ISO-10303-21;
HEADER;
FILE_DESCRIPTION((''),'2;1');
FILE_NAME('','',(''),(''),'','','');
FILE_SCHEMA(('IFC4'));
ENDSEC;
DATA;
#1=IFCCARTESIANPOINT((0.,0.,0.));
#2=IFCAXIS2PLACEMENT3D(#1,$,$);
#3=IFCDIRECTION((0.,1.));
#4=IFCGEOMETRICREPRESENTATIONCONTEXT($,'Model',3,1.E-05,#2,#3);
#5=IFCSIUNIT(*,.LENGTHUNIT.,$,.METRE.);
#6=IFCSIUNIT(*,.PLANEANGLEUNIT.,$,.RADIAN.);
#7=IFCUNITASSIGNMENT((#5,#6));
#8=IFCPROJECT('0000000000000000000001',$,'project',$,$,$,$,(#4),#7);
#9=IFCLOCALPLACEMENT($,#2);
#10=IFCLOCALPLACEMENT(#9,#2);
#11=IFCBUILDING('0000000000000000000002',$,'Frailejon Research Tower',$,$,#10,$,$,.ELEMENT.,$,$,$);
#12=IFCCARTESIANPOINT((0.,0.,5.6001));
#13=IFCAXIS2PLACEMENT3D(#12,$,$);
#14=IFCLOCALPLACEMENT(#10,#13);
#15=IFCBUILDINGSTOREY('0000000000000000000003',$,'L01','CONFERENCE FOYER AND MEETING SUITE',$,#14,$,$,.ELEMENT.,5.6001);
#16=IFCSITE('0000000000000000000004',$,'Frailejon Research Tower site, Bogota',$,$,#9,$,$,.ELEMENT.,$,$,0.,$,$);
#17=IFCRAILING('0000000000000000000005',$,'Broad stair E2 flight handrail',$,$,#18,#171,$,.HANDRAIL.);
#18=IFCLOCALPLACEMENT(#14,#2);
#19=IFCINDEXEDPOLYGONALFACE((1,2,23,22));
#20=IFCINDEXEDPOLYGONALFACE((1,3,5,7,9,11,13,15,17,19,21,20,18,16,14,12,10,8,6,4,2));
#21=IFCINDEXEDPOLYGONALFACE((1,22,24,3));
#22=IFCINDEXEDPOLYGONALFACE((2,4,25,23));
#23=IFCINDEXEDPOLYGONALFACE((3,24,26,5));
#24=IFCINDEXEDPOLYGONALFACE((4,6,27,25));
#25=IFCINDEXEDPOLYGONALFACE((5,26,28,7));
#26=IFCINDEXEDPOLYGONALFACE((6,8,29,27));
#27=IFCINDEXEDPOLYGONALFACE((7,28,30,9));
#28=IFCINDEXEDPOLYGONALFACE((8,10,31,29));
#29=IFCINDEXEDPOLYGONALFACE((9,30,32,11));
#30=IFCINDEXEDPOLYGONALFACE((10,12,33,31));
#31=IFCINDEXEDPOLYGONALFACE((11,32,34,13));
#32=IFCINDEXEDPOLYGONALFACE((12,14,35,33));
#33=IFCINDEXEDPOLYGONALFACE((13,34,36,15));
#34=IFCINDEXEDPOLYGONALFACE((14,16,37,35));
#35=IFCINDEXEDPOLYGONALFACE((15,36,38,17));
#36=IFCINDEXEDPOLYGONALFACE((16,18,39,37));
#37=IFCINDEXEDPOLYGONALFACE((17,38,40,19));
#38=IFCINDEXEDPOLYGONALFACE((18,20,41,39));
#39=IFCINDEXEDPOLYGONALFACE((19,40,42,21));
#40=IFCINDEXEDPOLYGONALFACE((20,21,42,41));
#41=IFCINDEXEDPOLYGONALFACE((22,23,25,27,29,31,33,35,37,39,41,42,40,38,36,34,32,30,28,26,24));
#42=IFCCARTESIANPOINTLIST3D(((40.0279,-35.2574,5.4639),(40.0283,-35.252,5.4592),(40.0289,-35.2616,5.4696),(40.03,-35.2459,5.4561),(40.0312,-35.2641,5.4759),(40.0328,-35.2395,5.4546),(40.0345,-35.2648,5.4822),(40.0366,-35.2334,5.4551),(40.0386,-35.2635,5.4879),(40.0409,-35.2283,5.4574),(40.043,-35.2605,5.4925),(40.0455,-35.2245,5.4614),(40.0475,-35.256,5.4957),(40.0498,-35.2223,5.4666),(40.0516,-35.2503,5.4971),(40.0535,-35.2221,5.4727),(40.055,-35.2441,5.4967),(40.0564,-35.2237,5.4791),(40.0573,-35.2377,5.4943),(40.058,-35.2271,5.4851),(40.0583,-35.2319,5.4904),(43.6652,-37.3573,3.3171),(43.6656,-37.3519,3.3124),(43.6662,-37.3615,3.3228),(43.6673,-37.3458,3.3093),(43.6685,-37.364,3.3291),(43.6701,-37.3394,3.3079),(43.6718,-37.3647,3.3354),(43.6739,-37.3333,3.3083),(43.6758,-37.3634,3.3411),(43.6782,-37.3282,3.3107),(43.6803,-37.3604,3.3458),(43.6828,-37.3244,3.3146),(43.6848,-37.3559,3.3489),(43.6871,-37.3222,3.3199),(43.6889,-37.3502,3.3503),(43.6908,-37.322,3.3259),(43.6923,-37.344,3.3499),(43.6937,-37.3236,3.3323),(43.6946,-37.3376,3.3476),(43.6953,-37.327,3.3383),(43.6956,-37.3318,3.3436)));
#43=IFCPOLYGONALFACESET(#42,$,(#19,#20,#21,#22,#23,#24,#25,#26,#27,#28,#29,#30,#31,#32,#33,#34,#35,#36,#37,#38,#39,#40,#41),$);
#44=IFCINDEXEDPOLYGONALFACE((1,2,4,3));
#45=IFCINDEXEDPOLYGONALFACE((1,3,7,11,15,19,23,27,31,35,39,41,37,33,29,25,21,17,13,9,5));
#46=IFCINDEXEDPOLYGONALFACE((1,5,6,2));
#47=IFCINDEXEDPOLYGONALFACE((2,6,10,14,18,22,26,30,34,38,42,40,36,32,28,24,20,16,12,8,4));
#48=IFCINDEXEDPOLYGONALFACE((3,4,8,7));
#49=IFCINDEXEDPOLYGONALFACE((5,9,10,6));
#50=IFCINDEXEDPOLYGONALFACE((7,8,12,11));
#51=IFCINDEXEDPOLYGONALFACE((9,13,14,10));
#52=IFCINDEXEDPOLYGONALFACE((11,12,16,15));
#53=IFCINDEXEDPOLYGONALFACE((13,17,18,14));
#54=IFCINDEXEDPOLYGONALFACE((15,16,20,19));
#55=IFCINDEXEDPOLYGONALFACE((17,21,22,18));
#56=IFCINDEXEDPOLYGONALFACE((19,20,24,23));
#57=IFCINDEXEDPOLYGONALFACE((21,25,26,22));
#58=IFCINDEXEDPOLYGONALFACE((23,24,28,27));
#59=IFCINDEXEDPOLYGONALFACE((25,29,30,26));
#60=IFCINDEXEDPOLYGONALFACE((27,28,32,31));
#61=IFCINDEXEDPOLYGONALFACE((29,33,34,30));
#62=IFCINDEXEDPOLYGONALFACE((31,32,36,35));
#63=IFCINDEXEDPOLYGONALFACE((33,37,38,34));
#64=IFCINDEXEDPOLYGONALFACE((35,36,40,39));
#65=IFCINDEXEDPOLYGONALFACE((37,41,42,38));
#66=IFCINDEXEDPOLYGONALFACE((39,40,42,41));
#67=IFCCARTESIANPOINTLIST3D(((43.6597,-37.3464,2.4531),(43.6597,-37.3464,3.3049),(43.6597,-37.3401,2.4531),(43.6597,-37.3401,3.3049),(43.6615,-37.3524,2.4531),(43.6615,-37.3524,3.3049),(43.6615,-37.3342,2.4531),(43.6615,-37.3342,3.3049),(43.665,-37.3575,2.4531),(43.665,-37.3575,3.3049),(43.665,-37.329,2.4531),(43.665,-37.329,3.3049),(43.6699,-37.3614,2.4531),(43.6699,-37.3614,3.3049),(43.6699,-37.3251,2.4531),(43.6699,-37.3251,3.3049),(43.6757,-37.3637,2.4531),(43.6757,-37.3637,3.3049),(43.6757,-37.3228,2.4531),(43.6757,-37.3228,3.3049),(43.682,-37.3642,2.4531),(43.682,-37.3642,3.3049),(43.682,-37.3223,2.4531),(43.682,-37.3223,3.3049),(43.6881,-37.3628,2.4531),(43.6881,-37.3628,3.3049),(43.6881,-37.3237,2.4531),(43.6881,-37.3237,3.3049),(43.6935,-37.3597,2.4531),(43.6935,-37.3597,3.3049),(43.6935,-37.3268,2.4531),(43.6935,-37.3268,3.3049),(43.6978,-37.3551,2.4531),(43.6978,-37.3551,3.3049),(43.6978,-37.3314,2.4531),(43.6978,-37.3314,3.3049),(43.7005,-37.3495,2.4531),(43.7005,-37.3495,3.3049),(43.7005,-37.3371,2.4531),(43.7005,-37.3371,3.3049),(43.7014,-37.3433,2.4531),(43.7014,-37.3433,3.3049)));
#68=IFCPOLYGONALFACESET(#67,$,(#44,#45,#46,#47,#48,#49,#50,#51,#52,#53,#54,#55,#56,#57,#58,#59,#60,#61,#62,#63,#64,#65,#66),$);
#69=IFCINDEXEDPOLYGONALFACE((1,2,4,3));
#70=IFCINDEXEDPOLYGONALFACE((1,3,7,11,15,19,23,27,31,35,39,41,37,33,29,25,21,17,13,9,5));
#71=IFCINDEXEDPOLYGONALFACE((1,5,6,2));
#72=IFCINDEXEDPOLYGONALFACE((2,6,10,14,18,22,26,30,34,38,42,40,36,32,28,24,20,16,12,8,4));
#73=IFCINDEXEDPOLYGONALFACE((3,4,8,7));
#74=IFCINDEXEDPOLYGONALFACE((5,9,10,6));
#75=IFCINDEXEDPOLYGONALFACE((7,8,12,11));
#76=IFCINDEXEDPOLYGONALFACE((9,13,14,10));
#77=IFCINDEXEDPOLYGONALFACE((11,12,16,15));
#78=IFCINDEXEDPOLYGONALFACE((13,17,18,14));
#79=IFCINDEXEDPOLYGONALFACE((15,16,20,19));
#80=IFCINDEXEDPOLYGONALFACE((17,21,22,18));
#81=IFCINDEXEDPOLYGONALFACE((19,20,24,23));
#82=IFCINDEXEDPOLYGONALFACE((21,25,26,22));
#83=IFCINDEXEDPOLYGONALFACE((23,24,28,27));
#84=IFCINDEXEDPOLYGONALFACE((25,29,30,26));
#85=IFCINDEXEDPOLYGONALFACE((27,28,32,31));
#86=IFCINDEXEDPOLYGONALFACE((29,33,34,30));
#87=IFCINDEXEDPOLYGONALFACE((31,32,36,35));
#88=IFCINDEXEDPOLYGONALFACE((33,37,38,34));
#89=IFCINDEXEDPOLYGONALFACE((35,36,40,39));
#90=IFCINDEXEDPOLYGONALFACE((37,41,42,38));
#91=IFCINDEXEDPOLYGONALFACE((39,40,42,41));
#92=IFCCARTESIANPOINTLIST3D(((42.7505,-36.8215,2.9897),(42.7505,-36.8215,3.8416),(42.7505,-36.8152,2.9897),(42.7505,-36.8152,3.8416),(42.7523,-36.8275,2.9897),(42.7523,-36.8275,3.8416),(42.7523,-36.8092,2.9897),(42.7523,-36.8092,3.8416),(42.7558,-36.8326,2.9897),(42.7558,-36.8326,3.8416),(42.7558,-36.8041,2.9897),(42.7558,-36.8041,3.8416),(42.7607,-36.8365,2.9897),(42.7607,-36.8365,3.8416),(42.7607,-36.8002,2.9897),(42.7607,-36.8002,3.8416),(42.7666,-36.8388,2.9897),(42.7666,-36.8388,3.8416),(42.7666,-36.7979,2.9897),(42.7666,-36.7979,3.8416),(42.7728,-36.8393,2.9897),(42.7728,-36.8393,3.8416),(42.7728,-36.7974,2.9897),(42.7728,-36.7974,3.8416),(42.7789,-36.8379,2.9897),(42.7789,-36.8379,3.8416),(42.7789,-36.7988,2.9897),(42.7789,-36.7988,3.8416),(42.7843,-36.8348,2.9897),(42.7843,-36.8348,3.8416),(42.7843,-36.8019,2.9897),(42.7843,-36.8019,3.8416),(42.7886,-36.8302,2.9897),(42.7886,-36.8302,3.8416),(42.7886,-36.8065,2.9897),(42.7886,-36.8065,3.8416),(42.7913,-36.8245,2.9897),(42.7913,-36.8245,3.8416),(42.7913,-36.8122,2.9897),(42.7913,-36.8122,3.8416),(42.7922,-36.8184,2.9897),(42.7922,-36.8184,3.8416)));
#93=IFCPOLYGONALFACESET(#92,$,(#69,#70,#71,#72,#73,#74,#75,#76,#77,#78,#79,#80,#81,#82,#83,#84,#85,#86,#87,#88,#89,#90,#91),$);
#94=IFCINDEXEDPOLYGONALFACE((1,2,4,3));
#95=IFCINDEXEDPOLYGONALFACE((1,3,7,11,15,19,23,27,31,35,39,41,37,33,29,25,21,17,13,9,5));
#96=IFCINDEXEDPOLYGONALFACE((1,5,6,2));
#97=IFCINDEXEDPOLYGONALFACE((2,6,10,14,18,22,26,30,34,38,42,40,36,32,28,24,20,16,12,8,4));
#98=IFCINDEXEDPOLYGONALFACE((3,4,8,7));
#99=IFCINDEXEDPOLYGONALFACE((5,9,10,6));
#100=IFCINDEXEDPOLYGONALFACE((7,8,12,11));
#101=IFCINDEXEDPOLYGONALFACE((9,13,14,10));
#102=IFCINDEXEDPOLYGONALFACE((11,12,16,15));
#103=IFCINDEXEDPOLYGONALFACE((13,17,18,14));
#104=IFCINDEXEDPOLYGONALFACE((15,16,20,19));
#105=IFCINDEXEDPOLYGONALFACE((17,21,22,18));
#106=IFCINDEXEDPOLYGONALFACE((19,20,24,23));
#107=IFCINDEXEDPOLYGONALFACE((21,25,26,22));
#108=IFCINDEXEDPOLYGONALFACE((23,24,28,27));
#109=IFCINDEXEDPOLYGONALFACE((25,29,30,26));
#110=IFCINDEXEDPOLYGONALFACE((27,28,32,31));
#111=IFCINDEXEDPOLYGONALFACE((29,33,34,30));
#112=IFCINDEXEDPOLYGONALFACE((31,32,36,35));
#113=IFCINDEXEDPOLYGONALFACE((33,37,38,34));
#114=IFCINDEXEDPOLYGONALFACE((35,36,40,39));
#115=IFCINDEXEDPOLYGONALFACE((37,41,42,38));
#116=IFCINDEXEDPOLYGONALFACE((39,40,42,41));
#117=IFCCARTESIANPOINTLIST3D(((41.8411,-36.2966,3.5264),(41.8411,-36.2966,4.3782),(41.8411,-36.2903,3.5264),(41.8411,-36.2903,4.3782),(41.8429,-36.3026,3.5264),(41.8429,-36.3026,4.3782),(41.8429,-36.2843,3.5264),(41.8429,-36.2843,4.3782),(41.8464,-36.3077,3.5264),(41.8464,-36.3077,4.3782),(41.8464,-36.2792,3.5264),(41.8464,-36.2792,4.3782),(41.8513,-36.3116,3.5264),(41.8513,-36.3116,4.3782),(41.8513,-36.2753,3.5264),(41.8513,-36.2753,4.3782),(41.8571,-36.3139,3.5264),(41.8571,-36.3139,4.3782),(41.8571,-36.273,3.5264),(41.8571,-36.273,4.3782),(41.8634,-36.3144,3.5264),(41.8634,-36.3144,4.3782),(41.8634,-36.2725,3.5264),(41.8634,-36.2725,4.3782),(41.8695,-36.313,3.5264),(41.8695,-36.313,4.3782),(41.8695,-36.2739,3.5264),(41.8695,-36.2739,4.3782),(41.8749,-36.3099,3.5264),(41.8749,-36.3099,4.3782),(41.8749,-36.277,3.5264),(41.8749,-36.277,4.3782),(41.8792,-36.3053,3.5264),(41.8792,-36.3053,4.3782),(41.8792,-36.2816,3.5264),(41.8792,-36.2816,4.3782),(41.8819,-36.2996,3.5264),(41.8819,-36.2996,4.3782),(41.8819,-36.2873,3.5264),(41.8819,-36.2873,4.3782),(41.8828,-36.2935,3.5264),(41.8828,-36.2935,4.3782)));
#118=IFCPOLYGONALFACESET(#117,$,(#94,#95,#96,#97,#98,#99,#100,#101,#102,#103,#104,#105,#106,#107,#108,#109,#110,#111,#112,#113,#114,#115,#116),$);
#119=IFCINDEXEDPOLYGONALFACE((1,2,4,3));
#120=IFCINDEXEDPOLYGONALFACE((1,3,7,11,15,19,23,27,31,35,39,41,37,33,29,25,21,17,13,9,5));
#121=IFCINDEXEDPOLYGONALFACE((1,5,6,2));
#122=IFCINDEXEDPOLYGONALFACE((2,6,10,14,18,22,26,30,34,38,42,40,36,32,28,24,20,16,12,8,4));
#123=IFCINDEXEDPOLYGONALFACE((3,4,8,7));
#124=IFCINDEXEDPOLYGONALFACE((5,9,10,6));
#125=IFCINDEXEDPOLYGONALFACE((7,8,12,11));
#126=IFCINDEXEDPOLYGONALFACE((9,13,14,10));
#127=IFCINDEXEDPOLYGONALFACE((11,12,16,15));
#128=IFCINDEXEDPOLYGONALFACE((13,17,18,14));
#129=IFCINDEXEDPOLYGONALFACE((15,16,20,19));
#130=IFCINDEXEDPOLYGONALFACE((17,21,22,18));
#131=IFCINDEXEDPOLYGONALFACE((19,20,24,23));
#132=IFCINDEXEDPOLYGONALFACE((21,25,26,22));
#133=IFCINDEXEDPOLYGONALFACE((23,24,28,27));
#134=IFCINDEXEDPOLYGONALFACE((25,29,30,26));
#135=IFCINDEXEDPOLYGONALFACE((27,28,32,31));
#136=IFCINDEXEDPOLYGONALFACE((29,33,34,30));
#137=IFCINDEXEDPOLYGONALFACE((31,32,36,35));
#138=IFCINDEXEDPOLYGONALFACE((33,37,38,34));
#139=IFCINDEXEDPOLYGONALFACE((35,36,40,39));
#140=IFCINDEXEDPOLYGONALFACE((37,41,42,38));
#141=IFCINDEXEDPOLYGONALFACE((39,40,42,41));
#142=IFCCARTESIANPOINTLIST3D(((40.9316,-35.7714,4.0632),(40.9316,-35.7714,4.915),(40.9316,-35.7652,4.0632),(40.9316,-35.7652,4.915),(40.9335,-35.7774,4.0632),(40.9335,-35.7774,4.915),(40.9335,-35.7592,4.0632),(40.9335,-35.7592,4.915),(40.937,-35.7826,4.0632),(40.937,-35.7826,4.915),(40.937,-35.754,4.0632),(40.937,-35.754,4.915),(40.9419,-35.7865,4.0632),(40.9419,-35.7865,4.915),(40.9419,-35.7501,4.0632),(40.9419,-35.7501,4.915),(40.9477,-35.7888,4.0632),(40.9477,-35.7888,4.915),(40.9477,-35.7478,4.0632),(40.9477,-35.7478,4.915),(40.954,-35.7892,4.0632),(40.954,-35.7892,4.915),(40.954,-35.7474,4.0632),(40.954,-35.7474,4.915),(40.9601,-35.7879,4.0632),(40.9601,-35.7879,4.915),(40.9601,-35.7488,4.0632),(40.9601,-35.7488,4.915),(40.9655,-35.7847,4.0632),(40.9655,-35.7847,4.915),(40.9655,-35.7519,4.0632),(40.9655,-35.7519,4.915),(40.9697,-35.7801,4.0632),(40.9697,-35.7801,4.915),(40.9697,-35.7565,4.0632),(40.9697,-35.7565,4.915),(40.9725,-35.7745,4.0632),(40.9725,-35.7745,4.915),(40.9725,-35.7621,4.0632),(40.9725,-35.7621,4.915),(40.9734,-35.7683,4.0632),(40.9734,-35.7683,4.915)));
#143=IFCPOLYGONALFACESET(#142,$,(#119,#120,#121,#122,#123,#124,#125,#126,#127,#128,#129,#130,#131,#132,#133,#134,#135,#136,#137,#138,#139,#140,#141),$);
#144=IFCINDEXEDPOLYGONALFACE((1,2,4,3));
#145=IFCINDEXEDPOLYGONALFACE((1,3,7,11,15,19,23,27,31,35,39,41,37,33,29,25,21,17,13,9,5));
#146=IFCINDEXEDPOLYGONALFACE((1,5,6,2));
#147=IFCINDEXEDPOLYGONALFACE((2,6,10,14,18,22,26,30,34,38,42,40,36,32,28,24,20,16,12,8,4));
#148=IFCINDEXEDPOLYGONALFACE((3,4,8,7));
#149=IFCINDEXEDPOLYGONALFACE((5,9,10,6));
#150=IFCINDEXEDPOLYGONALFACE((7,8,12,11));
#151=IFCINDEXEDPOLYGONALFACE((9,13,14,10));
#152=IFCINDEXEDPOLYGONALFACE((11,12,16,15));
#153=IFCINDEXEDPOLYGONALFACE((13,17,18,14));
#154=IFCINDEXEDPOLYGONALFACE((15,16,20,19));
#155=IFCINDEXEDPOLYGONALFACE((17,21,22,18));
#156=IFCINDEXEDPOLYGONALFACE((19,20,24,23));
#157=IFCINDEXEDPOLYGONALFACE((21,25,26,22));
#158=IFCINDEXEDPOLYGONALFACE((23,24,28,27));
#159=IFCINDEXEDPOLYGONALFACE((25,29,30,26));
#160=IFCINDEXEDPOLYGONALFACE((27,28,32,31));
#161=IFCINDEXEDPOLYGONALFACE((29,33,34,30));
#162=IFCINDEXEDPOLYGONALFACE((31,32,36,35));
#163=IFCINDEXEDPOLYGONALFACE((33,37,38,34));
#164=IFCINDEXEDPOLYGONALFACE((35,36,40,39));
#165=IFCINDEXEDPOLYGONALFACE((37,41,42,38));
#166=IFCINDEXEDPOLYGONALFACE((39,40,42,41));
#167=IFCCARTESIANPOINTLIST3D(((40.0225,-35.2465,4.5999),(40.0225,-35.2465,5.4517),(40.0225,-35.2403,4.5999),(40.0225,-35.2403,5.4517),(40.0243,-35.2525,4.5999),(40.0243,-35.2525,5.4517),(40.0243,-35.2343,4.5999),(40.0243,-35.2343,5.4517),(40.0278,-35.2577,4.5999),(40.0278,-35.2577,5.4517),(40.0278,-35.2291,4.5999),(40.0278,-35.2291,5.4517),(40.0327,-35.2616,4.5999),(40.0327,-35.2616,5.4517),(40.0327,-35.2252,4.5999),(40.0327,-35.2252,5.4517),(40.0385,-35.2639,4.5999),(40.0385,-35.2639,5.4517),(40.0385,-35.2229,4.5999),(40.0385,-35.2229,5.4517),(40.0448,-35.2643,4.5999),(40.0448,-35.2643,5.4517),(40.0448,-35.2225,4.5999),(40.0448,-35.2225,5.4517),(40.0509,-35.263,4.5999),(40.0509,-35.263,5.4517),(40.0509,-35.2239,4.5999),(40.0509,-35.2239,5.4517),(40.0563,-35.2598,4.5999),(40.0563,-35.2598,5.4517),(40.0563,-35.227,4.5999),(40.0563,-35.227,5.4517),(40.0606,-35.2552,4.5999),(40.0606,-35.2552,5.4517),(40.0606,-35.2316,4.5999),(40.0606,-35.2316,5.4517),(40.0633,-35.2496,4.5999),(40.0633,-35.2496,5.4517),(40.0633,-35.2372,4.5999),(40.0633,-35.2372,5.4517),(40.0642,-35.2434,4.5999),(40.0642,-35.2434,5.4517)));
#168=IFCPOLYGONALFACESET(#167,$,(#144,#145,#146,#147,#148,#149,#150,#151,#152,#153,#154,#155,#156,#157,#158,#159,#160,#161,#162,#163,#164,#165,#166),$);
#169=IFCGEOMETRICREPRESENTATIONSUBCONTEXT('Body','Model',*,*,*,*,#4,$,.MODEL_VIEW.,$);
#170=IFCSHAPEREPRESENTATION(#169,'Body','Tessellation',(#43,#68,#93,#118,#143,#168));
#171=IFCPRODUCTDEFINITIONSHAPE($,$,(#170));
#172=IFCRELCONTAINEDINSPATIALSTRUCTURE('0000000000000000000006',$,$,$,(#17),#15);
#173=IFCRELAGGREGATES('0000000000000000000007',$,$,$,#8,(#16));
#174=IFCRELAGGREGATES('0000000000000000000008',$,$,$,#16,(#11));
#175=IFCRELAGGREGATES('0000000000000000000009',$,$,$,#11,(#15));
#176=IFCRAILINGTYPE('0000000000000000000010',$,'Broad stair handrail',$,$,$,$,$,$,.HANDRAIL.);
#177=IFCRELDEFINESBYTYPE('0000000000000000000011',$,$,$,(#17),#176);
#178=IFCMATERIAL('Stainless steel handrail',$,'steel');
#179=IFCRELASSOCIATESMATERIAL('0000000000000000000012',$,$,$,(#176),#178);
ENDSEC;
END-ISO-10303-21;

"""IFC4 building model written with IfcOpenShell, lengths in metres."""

from ifc_helpers import new_model, si_unit, direction, frame, origin, origin_2d, place, context, subcontext, project, spatial, circle, extrude, material, type_object, element, save


model = new_model("IFC4")

# Units and contexts
model_context = context("Model", 3, precision=1e-05, world=origin(), true_north=direction((0.0, 1.0)))
body_context = subcontext(model_context, "Body", "Model", "MODEL_VIEW")
ifc_project = project(units=[si_unit("LENGTHUNIT", "METRE"), si_unit("PLANEANGLEUNIT", "RADIAN")], contexts=[model_context])

# Site, building, storey
site_placement = place(None, origin())
site = spatial("IfcSite", under=ifc_project, at=site_placement, Name="Frailejon Research Tower site, Bogota", CompositionType="ELEMENT", RefElevation=0.0)
building_placement = place(site_placement, origin())
building = spatial("IfcBuilding", under=site, at=building_placement, Name="Frailejon Research Tower", CompositionType="ELEMENT")
storey_placement = place(building_placement, frame((0.0, 0.0, 5.6001)))
storey = spatial("IfcBuildingStorey", under=building, at=storey_placement, Name="L01", Description="CONFERENCE FOYER AND MEETING SUITE", CompositionType="ELEMENT", Elevation=5.6001)

# Railing
ifc_material_1 = material(Name="Stainless steel handrail", Category="steel")
railing_type_1 = type_object("IfcRailingType", Name="Broad stair handrail", PredefinedType="HANDRAIL", material=ifc_material_1)
railing_1_placement = place(storey_placement, frame((43.6804, -37.3433, 2.4531)))
element("IfcRailing", 1, at=railing_1_placement, inside=storey, type_object=railing_type_1, Name="Broad stair E2 flight handrail", PredefinedType="HANDRAIL", context=body_context, shape_type="SweptSolid", body=[
    extrude(circle(Radius=0.0239, at=origin_2d()), frame((0.0, 0.0, 0.876), z_axis=(-0.771137, 0.445197, 0.455135), x_axis=(-0.499984, -0.866035, 0.0)), (0.0, 0.0, 1.0), 4.7168),
    extrude(circle(Radius=0.021, at=origin_2d()), origin(), (0.0, 0.0, 1.0), 0.8518),
    extrude(circle(Radius=0.021, at=origin_2d()), frame((-0.9092, 0.5249, 0.5366)), (0.0, 0.0, 1.0), 0.8518),
    extrude(circle(Radius=0.021, at=origin_2d()), frame((-1.8186, 1.0498, 1.0732)), (0.0, 0.0, 1.0), 0.8518),
    extrude(circle(Radius=0.021, at=origin_2d()), frame((-2.728, 1.575, 1.6101)), (0.0, 0.0, 1.0), 0.8518),
    extrude(circle(Radius=0.021, at=origin_2d()), frame((-3.6372, 2.0999, 2.1467)), (0.0, 0.0, 1.0), 0.8518),
])

save(model, "model.ifc")
